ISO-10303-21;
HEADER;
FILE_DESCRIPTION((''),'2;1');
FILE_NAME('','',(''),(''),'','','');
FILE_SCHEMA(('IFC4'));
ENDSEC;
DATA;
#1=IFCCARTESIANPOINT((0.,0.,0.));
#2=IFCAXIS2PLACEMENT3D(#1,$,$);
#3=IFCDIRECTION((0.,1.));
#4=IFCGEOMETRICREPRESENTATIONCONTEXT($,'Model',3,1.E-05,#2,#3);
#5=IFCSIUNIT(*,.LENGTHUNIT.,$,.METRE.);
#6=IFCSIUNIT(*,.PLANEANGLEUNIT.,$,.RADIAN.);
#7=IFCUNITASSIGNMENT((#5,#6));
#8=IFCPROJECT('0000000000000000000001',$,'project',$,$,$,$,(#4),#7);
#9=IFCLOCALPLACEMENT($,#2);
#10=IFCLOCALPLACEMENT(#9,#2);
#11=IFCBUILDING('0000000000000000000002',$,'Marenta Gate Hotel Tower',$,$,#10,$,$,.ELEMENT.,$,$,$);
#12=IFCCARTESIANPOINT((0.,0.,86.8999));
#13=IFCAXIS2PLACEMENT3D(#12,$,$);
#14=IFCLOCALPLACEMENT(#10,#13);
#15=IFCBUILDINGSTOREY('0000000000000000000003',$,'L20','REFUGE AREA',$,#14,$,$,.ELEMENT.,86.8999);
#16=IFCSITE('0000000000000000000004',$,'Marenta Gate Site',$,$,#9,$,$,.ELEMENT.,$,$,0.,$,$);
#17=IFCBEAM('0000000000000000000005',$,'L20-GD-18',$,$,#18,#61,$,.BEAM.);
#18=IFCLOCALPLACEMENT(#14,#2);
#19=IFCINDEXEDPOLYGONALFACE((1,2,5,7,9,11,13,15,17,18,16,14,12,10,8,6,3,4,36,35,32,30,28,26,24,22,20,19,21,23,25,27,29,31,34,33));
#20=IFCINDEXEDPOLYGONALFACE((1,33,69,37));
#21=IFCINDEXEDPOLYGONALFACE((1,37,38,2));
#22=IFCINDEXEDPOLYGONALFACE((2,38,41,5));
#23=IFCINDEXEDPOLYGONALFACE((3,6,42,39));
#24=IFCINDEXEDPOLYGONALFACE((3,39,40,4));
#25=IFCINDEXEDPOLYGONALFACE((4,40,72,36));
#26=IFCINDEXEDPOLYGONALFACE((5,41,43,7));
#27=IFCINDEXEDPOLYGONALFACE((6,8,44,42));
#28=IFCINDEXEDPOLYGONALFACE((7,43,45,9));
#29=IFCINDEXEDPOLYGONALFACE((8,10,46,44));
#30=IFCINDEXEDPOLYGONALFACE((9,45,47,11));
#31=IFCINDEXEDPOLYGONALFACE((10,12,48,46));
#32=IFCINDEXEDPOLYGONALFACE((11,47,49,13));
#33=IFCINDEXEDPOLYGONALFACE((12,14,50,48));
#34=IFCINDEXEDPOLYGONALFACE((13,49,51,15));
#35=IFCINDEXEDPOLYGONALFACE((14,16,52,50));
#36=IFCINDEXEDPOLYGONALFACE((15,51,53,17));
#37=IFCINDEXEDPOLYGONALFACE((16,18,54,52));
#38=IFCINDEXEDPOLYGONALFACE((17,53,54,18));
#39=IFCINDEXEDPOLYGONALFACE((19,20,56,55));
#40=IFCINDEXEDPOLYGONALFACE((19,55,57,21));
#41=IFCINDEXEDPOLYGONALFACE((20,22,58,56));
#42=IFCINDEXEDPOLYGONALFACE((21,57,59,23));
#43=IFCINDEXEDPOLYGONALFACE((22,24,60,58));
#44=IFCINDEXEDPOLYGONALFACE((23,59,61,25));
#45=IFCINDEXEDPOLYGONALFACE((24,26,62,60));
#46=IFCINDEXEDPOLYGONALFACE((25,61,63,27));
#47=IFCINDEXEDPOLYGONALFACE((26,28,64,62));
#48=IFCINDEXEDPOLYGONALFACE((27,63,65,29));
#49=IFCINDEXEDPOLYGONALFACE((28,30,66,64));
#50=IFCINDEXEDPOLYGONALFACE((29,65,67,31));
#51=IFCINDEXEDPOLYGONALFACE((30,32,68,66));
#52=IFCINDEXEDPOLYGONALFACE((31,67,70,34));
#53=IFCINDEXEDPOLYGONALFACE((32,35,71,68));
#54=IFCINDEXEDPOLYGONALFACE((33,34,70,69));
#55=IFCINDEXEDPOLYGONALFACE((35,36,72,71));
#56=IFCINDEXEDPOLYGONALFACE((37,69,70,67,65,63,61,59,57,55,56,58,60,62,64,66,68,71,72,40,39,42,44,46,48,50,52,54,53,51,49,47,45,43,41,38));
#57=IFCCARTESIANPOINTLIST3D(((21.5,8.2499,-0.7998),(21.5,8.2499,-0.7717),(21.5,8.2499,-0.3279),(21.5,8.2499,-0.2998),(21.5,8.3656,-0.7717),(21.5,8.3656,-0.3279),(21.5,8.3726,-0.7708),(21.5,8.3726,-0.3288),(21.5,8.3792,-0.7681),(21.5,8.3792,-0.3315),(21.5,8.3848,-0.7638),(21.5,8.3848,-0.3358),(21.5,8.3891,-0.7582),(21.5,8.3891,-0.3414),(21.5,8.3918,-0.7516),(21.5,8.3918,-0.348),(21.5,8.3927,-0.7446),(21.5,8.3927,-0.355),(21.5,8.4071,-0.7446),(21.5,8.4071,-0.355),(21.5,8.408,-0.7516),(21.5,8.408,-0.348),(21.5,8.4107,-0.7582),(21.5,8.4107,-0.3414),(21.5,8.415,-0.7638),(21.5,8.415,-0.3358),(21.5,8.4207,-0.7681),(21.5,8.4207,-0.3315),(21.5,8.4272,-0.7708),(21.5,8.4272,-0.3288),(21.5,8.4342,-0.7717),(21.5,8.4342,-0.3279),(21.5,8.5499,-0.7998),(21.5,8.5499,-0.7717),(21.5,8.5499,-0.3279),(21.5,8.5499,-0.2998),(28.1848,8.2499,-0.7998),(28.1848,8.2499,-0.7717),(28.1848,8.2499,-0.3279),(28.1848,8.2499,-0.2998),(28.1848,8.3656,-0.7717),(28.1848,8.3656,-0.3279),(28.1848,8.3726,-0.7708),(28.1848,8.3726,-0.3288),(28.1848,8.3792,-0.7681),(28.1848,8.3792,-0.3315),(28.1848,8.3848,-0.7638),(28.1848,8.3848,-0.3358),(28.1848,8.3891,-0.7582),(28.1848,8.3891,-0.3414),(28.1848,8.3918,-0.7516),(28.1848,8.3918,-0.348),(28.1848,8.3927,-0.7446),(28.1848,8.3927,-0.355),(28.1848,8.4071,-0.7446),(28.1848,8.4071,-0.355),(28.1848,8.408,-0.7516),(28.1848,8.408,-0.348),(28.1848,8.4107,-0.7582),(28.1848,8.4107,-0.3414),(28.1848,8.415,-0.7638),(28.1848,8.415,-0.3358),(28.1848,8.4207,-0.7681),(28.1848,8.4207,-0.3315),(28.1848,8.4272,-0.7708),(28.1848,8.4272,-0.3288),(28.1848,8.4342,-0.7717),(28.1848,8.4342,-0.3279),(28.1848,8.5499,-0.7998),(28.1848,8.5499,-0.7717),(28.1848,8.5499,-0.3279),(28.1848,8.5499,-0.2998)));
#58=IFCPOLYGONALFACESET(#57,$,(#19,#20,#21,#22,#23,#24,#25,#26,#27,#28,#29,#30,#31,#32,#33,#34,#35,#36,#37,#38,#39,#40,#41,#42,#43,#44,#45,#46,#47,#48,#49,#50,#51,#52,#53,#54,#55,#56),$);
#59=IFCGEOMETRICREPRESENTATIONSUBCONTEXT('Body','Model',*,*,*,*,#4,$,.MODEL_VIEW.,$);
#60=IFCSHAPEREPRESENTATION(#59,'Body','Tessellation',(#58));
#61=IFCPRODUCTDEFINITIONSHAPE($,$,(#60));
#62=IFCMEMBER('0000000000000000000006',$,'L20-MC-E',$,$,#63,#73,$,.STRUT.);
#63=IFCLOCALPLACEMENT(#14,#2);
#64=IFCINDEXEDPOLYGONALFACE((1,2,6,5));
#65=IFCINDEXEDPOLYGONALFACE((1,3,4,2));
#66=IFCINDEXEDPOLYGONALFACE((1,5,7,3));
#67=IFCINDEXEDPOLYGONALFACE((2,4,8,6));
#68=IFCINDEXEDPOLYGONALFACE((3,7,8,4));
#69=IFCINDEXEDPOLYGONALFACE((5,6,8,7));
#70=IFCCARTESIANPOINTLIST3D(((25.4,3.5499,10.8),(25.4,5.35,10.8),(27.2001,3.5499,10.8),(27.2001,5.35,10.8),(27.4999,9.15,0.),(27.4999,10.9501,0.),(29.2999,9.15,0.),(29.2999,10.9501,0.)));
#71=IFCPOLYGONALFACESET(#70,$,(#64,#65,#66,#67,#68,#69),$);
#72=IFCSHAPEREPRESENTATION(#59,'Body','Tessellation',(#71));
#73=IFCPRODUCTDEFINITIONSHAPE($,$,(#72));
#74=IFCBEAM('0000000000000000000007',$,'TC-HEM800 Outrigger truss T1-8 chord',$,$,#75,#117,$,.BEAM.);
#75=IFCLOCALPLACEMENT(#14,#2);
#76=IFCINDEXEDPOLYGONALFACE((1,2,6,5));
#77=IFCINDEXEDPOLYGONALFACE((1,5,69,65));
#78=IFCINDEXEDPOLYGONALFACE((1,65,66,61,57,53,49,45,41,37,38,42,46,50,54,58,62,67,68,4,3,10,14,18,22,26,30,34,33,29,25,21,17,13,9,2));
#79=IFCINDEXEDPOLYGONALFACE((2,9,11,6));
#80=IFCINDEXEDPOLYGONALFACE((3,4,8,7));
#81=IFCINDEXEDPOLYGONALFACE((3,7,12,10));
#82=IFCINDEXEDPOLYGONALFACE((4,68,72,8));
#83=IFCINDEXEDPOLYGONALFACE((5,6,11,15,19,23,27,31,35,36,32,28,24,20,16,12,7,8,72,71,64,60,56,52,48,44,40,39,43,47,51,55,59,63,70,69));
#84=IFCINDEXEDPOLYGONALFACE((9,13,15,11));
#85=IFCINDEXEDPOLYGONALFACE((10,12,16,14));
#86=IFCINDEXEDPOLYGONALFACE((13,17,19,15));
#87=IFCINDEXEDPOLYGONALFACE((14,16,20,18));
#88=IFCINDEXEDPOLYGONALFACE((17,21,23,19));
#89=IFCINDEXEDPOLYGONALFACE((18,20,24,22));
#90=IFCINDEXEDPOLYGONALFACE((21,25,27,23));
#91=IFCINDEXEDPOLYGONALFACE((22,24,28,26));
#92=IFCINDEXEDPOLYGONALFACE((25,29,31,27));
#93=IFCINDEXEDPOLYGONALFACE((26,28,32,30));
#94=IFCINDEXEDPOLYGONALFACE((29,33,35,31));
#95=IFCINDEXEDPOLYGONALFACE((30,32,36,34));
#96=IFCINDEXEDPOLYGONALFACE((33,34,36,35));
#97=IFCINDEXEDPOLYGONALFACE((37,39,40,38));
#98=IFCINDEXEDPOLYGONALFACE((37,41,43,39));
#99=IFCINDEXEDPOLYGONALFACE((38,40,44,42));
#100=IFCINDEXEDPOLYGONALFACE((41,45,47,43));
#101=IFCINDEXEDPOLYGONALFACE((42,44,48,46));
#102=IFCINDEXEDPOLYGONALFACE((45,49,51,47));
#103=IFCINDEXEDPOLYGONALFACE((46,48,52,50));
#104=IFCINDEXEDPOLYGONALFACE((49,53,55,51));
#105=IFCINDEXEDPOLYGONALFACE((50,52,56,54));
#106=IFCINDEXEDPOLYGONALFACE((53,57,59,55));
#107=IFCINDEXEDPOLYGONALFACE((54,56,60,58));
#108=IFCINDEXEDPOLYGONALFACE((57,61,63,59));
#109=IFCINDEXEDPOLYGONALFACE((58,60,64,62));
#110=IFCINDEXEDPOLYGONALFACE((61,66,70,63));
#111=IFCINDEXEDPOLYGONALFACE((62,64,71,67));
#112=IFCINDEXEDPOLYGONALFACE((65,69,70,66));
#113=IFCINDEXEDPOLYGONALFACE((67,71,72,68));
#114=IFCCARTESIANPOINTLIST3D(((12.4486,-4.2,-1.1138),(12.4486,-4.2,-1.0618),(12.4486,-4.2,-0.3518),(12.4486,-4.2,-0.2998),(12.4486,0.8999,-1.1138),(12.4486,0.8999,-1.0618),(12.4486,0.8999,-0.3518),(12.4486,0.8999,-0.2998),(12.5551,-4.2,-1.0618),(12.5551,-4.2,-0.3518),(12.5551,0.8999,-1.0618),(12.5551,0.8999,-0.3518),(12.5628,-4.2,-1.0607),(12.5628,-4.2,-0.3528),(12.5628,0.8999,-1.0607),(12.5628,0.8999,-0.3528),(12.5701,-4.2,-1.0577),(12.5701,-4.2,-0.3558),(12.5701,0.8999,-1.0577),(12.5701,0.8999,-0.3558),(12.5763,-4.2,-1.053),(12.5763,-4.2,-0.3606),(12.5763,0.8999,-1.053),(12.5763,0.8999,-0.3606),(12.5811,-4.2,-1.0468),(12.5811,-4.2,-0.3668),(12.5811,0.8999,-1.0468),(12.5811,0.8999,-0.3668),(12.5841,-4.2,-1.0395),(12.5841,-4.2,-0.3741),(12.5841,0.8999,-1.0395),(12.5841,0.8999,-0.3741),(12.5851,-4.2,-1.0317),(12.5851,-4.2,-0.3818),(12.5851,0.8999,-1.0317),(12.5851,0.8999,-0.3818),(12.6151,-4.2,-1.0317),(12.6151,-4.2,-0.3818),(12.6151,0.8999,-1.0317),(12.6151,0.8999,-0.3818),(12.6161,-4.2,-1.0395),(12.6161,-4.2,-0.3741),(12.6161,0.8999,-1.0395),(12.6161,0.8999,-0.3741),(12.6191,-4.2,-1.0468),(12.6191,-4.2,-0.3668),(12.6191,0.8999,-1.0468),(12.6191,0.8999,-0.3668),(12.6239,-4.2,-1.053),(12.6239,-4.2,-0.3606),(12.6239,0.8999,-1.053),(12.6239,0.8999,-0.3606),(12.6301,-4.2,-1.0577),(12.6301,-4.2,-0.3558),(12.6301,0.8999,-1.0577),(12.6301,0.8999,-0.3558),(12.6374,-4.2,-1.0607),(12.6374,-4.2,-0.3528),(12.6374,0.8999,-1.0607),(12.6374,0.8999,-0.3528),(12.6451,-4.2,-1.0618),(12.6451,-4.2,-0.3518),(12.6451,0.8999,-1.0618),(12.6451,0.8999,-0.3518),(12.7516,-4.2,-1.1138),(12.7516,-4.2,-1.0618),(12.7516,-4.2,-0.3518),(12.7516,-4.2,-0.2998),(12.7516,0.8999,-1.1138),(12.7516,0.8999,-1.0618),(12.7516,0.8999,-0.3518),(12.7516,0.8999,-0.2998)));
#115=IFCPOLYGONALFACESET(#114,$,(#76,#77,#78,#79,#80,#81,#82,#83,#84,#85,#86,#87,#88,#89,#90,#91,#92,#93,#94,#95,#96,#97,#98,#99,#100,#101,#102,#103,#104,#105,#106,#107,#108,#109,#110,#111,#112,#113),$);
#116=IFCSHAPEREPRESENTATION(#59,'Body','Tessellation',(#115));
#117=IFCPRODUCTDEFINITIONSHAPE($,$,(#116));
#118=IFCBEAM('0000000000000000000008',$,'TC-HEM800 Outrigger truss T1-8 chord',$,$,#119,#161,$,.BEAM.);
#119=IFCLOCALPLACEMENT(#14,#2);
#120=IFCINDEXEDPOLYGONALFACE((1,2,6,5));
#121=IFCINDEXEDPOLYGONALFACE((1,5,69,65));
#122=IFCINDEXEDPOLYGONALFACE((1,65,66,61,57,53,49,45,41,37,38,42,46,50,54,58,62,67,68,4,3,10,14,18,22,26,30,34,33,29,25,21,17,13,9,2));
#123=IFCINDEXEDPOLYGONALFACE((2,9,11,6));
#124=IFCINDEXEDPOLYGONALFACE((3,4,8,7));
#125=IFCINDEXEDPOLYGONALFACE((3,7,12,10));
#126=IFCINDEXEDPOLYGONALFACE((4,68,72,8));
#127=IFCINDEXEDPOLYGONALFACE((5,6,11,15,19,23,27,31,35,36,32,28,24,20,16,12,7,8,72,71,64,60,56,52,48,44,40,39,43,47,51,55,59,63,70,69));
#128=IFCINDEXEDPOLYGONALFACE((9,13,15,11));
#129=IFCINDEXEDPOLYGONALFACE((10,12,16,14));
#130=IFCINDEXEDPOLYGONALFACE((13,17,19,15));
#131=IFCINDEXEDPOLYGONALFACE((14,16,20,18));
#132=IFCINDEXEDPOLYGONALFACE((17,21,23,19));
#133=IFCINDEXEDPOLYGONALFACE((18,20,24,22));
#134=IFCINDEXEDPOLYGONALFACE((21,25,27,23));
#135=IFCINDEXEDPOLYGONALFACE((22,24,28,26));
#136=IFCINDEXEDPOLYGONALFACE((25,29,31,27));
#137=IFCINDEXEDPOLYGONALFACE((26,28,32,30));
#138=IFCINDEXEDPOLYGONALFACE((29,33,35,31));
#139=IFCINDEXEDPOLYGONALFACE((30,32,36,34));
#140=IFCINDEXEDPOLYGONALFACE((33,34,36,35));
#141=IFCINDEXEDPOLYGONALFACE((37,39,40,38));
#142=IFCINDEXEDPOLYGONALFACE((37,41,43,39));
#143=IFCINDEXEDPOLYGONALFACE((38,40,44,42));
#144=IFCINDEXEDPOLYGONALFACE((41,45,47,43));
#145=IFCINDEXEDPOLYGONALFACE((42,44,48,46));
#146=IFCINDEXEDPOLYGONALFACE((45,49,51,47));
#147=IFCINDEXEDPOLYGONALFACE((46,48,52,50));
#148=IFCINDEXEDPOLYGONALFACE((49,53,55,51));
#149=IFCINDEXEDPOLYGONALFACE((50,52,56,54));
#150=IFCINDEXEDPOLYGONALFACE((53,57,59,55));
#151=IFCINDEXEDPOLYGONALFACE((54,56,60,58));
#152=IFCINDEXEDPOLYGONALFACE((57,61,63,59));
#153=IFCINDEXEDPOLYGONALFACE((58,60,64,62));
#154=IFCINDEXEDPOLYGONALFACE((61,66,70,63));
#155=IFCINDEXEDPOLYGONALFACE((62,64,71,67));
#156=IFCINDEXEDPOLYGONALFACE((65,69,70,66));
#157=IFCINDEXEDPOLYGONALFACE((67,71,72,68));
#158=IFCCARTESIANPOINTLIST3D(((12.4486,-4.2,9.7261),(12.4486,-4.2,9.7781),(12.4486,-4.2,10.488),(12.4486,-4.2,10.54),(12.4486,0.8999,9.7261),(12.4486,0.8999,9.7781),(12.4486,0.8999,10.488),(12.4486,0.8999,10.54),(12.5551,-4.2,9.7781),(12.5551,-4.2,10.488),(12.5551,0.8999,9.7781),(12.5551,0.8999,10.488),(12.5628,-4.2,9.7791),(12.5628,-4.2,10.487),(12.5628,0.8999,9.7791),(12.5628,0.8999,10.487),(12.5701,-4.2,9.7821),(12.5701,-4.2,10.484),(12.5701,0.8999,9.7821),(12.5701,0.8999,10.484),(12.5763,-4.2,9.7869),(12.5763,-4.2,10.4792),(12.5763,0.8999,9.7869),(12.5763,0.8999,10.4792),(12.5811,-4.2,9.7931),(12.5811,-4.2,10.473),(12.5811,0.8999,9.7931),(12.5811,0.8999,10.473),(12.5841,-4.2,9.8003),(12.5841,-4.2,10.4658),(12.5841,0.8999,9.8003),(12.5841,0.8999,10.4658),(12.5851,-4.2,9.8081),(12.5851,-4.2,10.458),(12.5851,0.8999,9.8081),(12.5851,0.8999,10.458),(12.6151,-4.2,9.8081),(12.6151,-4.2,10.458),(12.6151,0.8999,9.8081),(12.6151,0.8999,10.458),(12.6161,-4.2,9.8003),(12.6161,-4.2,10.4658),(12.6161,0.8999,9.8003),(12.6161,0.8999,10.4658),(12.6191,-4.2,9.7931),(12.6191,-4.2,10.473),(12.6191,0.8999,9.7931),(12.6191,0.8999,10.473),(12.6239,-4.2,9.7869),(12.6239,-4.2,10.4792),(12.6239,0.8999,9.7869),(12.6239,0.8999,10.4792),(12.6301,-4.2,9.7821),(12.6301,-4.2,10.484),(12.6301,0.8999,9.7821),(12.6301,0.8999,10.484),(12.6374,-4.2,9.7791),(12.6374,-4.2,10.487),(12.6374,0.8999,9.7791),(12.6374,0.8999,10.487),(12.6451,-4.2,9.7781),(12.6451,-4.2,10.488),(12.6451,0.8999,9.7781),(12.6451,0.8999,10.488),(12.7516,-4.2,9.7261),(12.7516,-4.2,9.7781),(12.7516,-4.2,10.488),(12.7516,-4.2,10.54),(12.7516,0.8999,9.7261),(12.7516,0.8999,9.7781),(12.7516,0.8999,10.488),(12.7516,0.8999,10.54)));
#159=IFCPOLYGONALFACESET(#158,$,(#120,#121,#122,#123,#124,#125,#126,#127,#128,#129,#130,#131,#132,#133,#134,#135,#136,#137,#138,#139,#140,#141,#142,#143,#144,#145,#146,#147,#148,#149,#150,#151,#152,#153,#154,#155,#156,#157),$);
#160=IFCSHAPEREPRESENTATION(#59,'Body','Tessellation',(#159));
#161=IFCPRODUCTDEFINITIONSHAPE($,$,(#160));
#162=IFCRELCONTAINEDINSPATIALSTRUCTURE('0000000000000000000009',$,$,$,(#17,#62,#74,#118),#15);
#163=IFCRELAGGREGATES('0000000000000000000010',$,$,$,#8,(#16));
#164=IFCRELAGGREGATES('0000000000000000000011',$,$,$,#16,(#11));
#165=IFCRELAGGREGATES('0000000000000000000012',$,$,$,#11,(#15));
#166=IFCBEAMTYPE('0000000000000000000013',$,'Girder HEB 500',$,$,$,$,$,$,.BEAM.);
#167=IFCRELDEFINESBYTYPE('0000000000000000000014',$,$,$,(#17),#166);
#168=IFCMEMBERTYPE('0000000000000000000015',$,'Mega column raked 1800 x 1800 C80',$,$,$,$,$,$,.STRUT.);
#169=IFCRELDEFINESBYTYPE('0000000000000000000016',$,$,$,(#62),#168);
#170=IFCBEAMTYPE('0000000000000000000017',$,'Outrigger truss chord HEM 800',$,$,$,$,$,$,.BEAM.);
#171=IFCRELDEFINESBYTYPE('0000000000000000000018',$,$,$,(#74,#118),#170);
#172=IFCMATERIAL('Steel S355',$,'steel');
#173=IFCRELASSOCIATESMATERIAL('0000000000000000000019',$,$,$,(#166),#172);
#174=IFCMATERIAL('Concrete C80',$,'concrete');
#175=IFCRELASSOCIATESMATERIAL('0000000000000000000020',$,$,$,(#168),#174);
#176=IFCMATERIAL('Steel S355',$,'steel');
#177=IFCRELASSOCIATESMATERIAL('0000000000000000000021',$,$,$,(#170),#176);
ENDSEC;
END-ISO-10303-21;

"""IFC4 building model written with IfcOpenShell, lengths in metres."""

from ifc_helpers import new_model, si_unit, direction, frame, origin, origin_2d, place, context, subcontext, project, spatial, rectangle, i_section, extrude, material, material_profile, profile_set, type_object, element, save


model = new_model("IFC4")

# Units and contexts
model_context = context("Model", 3, precision=1e-05, world=origin(), true_north=direction((0.0, 1.0)))
body_context = subcontext(model_context, "Body", "Model", "MODEL_VIEW")
ifc_project = project(units=[si_unit("LENGTHUNIT", "METRE"), si_unit("PLANEANGLEUNIT", "RADIAN")], contexts=[model_context])

# Site, building, storey
site_placement = place(None, origin())
site = spatial("IfcSite", under=ifc_project, at=site_placement, Name="Marenta Gate Site", CompositionType="ELEMENT", RefElevation=0.0)
building_placement = place(site_placement, origin())
building = spatial("IfcBuilding", under=site, at=building_placement, Name="Marenta Gate Hotel Tower", CompositionType="ELEMENT")
storey_placement = place(building_placement, frame((0.0, 0.0, 86.8999)))
storey = spatial("IfcBuildingStorey", under=building, at=storey_placement, Name="L20", Description="REFUGE AREA", CompositionType="ELEMENT", Elevation=86.8999)

# Beam
ifc_material_1 = material(Name="Steel S355", Category="steel")
ifc_material_profile_1 = material_profile(ifc_material_1, i_section(OverallWidth=0.3, OverallDepth=0.5, WebThickness=0.0144, FlangeThickness=0.0281, FilletRadius=0.0271, at=origin_2d()), Name="HEB 500")
ifc_profile_set_1 = profile_set([ifc_material_profile_1], Name="Steel S355")
beam_type_1 = type_object("IfcBeamType", Name="Girder HEB 500", PredefinedType="BEAM", material=ifc_profile_set_1)
beam_1_placement = place(storey_placement, frame((21.5, 8.3999, -0.5498), z_axis=(1.0, 0.0, 0.0), x_axis=(0.0, 1.0, 0.0)))
element("IfcBeam", 1, at=beam_1_placement, inside=storey, type_object=beam_type_1, Name="L20-GD-18", PredefinedType="BEAM", context=body_context, shape_type="SweptSolid", body=[
    extrude(i_section(OverallWidth=0.3, OverallDepth=0.5, WebThickness=0.0144, FlangeThickness=0.0281, FilletRadius=0.0271, at=origin_2d()), origin(), (0.0, 0.0, 1.0), 6.6848),
])

# Member
ifc_material_2 = material(Name="Concrete C80", Category="concrete")
ifc_material_profile_2 = material_profile(ifc_material_2, rectangle(XDim=1.8, YDim=1.8, at=origin_2d()), Name="1800 x 1800")
ifc_profile_set_2 = profile_set([ifc_material_profile_2], Name="Concrete C80")
member_type_1 = type_object("IfcMemberType", Name="Mega column raked 1800 x 1800 C80", PredefinedType="STRUT", material=ifc_profile_set_2)
member_1_placement = place(storey_placement, frame((28.3999, 10.05, 0.0), z_axis=(0.0, 0.0, 1.0), x_axis=(1.0, 0.0, 0.0)))
element("IfcMember", 2, at=member_1_placement, inside=storey, type_object=member_type_1, Name="L20-MC-E", PredefinedType="STRUT", context=body_context, shape_type="SweptSolid", body=[
    extrude(rectangle(XDim=1.8, YDim=1.8, at=origin_2d()), origin(), (-0.170091, -0.453614, 0.874816), 12.3455),
])

# Beams
ifc_material_3 = material(Name="Steel S355", Category="steel")
ifc_material_profile_3 = material_profile(ifc_material_3, i_section(OverallWidth=0.303, OverallDepth=0.814, WebThickness=0.03, FlangeThickness=0.052, FilletRadius=0.03, at=origin_2d()), Name="HEM 800")
ifc_profile_set_3 = profile_set([ifc_material_profile_3], Name="Steel S355")
beam_type_2 = type_object("IfcBeamType", Name="Outrigger truss chord HEM 800", PredefinedType="BEAM", material=ifc_profile_set_3)
for number, where, z_axis, x_axis, name in (
    (3, (12.6001, 0.8999, -0.7068), (0.0, -1.0, 0.0), (1.0, 0.0, 0.0), "TC-HEM800 Outrigger truss T1-8 chord"),
    (4, (12.6001, 0.8999, 10.1331), (0.0, -1.0, 0.0), (1.0, 0.0, 0.0), "TC-HEM800 Outrigger truss T1-8 chord"),
):
    element("IfcBeam", number, at=place(storey_placement, frame(where, z_axis=z_axis, x_axis=x_axis)), inside=storey, type_object=beam_type_2, Name=name, PredefinedType="BEAM", context=body_context, shape_type="SweptSolid", body=[
        extrude(i_section(OverallWidth=0.303, OverallDepth=0.814, WebThickness=0.03, FlangeThickness=0.052, FilletRadius=0.03, at=origin_2d()), origin(), (0.0, 0.0, 1.0), 5.0999),
    ])

save(model, "model.ifc")
